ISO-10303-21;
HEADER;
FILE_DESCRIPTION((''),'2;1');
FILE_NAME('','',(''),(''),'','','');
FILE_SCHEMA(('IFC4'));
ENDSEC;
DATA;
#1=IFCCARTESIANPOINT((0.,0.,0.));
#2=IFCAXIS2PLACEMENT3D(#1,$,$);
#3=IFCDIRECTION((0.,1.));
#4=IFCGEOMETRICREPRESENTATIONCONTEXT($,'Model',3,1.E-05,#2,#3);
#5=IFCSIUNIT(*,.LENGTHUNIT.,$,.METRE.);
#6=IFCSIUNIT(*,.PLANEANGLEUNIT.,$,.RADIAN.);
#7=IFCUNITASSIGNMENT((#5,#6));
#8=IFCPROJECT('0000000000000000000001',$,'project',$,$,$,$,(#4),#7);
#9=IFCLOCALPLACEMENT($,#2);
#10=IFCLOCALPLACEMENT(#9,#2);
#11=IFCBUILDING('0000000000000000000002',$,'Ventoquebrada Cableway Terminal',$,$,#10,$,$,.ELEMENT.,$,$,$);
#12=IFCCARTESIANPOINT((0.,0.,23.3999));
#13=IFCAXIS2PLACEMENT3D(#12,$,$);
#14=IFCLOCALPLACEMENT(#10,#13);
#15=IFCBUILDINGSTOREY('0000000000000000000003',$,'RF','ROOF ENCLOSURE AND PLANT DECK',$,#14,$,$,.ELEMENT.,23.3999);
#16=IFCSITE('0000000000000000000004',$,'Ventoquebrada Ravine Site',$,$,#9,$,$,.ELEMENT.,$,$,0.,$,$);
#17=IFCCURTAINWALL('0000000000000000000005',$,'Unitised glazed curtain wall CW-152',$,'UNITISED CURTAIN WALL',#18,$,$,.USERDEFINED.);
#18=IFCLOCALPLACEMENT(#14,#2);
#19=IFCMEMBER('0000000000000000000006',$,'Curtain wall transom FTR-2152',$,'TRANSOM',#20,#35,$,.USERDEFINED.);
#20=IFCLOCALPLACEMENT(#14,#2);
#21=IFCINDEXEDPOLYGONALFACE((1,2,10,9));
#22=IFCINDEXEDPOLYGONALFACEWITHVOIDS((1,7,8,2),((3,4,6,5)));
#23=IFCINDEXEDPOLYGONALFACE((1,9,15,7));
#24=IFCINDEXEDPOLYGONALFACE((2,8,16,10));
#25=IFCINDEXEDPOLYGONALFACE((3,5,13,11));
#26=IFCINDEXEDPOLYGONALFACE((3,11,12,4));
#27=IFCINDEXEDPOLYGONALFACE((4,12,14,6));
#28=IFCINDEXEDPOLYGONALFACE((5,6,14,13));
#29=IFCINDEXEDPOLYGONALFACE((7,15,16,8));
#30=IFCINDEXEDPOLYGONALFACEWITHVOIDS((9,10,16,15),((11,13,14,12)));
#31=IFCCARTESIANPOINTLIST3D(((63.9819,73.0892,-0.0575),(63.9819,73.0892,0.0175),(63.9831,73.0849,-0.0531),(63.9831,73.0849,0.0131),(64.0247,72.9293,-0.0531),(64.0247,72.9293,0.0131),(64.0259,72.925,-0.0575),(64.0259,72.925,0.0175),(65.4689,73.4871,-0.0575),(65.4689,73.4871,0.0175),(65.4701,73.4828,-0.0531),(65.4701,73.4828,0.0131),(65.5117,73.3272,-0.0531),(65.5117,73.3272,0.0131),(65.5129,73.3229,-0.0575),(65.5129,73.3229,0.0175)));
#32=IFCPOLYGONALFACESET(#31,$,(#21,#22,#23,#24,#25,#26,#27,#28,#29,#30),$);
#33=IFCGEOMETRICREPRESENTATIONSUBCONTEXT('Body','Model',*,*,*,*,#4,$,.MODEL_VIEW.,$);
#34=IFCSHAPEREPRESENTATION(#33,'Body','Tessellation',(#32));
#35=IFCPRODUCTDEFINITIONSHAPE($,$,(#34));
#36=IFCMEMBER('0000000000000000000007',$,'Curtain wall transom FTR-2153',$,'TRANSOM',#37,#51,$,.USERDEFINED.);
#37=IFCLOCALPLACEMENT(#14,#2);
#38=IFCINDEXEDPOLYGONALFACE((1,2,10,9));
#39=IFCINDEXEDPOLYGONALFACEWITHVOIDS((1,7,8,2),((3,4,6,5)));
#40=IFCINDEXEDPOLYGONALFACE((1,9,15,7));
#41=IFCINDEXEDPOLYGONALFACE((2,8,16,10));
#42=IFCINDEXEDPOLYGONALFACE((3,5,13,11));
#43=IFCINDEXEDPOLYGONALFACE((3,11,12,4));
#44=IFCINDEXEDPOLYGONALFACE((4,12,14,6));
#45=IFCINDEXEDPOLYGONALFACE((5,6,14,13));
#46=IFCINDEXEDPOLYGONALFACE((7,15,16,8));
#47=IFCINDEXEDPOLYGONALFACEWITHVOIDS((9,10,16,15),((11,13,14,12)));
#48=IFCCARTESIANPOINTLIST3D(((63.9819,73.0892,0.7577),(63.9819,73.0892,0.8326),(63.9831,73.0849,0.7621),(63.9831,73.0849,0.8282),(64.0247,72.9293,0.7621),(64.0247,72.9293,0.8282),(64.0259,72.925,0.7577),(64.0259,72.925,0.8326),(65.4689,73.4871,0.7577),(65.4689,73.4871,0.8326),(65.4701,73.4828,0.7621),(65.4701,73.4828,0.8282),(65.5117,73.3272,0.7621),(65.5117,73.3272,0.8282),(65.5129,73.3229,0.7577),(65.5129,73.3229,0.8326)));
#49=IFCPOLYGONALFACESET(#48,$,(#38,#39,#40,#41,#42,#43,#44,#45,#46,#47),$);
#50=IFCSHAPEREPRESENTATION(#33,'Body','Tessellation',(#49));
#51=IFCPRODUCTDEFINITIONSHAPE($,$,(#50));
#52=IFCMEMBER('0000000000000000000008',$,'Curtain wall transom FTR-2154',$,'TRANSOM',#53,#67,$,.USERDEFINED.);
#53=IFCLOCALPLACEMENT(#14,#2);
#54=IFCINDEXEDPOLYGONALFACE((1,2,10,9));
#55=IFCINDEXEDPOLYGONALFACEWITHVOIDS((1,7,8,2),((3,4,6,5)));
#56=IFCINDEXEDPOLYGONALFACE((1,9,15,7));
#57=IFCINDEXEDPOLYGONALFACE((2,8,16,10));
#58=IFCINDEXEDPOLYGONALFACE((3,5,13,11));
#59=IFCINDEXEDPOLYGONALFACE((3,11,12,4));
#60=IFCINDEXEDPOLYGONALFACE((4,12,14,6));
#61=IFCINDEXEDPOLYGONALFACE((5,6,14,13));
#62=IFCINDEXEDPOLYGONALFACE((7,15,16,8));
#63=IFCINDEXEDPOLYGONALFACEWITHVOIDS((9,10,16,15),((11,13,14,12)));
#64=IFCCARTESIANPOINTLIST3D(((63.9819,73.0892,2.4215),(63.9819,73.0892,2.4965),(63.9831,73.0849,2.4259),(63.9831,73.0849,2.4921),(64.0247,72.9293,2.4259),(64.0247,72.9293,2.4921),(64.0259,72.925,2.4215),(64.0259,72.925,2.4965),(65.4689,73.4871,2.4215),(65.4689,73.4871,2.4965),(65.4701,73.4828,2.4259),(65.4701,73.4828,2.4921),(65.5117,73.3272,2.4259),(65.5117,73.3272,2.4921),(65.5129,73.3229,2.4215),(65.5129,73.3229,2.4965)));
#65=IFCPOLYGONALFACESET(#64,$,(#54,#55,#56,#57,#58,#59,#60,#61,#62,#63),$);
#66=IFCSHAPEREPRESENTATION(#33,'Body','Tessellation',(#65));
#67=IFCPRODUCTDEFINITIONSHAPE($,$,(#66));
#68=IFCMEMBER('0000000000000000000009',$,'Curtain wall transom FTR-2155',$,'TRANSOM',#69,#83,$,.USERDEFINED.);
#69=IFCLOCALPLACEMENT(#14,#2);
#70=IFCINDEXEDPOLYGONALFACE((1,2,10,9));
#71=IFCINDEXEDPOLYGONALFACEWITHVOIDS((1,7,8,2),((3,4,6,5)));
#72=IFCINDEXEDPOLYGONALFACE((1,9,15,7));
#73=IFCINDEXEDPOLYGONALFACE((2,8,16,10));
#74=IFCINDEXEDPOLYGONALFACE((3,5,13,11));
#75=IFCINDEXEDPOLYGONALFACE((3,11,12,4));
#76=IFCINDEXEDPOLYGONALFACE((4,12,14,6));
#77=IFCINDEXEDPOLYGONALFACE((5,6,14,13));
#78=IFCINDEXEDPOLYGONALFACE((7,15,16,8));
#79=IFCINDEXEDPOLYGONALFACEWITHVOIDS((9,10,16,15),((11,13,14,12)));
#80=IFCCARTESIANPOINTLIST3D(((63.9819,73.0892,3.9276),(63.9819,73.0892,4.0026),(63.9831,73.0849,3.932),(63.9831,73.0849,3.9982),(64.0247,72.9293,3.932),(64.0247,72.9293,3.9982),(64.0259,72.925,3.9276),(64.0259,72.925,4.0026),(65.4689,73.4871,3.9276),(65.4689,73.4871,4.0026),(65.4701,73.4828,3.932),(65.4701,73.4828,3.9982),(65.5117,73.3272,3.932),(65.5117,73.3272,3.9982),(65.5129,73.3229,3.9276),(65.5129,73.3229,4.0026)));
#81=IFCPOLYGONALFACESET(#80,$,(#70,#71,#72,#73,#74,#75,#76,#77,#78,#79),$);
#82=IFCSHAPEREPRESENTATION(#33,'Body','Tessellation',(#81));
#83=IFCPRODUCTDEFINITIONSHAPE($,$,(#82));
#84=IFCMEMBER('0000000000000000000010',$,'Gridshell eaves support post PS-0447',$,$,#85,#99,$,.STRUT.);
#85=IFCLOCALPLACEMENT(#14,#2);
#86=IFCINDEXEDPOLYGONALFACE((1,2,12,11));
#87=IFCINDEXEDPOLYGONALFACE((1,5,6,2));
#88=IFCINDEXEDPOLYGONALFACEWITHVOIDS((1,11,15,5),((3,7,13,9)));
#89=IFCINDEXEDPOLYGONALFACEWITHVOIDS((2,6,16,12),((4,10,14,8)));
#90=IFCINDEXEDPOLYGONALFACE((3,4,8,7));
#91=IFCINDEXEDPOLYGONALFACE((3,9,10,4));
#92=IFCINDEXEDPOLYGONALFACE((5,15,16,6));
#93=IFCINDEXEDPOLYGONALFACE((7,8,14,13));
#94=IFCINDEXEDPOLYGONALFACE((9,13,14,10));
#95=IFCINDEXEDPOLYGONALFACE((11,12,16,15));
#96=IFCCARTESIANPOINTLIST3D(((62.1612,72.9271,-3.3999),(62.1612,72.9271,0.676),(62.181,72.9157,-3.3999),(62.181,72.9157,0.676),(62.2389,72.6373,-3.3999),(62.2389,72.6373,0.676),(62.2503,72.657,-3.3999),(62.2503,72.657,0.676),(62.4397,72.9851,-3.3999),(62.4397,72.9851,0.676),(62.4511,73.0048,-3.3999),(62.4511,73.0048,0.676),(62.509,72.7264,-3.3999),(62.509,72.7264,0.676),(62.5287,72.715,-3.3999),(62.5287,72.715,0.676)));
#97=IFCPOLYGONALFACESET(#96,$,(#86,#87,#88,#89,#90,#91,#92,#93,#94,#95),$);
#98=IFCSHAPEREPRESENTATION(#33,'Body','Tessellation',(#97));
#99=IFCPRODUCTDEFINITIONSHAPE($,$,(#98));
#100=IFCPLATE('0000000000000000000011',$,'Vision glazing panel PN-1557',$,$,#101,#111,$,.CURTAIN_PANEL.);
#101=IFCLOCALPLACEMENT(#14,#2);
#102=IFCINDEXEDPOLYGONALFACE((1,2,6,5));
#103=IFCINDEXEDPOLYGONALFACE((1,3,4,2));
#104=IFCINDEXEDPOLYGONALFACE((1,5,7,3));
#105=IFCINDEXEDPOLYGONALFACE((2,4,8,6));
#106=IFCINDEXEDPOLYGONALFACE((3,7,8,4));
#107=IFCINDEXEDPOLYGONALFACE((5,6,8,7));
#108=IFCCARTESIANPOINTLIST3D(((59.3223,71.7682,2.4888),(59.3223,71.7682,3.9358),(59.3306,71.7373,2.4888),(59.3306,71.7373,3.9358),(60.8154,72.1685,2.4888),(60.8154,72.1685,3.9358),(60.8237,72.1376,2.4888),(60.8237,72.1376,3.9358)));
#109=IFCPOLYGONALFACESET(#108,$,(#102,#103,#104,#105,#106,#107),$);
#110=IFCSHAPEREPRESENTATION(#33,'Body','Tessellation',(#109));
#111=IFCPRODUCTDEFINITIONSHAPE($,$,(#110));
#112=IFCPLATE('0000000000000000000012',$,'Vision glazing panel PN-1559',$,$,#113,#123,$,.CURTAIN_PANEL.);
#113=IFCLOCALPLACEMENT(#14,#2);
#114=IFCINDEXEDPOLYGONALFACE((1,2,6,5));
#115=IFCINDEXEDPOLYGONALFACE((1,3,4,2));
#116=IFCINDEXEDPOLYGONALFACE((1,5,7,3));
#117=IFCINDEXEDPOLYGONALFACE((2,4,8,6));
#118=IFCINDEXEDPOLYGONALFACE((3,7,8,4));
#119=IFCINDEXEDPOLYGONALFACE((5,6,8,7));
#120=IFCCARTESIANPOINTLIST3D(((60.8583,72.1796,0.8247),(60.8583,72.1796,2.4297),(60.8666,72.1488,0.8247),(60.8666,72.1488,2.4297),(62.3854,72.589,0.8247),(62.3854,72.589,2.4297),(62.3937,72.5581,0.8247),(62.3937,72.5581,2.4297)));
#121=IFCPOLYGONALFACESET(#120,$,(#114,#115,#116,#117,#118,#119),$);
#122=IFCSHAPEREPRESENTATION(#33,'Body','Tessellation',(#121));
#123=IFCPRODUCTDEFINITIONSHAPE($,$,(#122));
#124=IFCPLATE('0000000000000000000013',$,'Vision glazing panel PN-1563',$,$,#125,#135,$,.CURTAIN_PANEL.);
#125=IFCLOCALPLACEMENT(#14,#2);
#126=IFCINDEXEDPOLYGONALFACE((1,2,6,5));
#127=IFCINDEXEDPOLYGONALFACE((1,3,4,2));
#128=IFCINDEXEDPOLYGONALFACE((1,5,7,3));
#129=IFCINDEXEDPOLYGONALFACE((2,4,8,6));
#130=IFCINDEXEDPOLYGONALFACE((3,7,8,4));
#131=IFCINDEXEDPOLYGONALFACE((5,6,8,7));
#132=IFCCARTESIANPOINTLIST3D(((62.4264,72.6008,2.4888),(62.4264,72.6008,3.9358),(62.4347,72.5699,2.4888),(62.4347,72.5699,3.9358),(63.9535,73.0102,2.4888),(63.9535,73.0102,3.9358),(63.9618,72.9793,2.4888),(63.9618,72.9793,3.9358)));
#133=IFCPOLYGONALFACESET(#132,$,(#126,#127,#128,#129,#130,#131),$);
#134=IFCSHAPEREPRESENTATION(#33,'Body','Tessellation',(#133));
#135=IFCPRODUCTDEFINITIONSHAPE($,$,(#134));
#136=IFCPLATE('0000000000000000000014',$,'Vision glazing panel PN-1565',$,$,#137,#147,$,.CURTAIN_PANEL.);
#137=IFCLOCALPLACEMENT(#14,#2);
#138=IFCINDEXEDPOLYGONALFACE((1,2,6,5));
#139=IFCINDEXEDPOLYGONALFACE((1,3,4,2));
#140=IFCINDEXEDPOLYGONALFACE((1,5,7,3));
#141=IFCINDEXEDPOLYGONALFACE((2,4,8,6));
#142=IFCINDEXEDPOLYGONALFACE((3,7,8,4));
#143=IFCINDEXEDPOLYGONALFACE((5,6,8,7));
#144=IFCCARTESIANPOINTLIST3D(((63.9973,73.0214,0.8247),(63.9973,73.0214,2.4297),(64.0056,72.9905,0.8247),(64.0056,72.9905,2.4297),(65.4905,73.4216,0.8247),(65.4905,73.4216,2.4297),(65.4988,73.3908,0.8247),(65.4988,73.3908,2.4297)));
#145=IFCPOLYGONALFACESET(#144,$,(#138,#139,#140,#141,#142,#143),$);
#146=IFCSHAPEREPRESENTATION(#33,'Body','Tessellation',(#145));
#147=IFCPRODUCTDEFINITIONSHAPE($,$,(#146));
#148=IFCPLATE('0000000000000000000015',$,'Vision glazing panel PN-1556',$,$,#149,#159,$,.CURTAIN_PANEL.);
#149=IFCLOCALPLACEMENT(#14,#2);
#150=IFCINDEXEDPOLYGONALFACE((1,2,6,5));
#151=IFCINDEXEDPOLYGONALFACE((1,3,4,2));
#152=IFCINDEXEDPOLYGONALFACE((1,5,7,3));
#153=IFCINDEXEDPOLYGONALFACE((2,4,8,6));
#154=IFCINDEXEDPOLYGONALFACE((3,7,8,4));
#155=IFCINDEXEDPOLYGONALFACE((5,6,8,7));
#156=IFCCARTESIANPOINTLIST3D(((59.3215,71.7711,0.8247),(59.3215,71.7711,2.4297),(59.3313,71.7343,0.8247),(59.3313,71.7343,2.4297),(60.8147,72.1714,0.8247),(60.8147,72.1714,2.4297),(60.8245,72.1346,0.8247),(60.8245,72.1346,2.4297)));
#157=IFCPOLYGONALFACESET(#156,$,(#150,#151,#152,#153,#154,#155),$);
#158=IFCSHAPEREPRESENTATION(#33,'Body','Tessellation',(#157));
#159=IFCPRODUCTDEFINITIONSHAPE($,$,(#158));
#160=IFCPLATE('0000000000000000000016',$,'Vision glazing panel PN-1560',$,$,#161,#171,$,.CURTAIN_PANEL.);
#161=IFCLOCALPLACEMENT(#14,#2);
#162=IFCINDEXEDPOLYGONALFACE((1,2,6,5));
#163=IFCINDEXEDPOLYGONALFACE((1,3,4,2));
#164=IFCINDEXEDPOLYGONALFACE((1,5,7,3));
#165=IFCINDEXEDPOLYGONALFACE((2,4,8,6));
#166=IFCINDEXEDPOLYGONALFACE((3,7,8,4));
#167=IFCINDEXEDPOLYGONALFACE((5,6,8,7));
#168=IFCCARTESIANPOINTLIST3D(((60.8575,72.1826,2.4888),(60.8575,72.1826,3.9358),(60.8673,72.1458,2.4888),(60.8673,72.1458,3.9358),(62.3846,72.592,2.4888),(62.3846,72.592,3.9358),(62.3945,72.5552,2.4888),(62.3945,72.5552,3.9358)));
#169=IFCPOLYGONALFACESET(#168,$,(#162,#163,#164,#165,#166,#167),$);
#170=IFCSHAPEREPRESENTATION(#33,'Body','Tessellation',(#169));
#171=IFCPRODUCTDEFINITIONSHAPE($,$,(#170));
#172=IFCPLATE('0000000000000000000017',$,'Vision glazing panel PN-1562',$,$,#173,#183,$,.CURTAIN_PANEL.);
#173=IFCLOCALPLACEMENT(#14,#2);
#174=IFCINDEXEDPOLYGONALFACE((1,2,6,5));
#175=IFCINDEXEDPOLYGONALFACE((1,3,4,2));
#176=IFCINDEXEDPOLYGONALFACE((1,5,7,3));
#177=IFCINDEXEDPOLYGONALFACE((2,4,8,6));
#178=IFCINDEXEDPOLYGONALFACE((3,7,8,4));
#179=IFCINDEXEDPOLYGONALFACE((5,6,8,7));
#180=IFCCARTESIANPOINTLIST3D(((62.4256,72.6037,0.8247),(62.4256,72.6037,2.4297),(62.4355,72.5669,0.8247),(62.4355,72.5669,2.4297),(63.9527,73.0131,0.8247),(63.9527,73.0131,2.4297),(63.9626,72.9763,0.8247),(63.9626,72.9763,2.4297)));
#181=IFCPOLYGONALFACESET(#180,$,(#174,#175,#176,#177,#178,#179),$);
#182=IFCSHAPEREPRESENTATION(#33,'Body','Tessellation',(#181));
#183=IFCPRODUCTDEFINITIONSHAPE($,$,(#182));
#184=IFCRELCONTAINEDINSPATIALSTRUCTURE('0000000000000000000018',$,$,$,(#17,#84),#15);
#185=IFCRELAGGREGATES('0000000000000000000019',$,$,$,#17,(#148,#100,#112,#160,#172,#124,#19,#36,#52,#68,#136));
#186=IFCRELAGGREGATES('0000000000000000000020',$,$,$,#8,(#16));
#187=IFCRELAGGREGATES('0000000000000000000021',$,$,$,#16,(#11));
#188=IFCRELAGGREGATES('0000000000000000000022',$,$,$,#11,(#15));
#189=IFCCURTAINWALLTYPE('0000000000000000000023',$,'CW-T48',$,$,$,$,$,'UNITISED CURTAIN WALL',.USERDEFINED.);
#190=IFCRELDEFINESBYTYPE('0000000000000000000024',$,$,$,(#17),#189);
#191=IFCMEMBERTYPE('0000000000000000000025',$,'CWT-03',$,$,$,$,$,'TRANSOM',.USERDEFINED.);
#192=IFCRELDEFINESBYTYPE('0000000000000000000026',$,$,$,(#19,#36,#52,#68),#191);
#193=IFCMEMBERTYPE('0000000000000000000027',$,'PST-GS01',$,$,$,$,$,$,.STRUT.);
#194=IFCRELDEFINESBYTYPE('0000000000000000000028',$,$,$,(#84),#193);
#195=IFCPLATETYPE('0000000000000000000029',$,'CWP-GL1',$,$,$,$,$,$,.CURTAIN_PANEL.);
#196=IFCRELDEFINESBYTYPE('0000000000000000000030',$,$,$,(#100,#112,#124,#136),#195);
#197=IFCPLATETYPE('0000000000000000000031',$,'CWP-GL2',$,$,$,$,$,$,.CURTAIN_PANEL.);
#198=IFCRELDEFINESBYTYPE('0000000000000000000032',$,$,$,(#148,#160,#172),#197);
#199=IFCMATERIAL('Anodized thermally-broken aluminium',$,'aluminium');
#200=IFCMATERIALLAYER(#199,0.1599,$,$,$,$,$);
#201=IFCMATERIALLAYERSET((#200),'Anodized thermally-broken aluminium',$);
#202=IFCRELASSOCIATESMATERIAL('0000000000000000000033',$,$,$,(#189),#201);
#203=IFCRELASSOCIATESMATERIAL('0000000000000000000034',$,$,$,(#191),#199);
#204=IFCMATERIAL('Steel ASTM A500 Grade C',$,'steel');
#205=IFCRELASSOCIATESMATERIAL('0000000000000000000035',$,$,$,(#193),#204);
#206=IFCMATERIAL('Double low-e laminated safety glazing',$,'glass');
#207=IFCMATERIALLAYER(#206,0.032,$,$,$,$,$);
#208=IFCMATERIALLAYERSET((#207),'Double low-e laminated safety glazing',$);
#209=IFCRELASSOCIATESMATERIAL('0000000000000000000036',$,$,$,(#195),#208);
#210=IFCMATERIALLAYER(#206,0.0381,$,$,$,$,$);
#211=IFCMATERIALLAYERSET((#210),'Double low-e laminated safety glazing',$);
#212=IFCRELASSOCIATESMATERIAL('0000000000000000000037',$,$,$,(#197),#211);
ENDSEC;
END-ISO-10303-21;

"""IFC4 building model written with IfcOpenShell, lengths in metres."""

from ifc_helpers import new_model, si_unit, direction, frame, origin, origin_2d, place, context, subcontext, project, spatial, rectangle, hollow_rectangle, extrude, material, layer, layer_set, material_profile, profile_set, type_object, element, aggregate, save


model = new_model("IFC4")

# Units and contexts
model_context = context("Model", 3, precision=1e-05, world=origin(), true_north=direction((0.0, 1.0)))
body_context = subcontext(model_context, "Body", "Model", "MODEL_VIEW")
ifc_project = project(units=[si_unit("LENGTHUNIT", "METRE"), si_unit("PLANEANGLEUNIT", "RADIAN")], contexts=[model_context])

# Site, building, storey
site_placement = place(None, origin())
site = spatial("IfcSite", under=ifc_project, at=site_placement, Name="Ventoquebrada Ravine Site", CompositionType="ELEMENT", RefElevation=0.0)
building_placement = place(site_placement, origin())
building = spatial("IfcBuilding", under=site, at=building_placement, Name="Ventoquebrada Cableway Terminal", CompositionType="ELEMENT")
storey_placement = place(building_placement, frame((0.0, 0.0, 23.3999)))
storey = spatial("IfcBuildingStorey", under=building, at=storey_placement, Name="RF", Description="ROOF ENCLOSURE AND PLANT DECK", CompositionType="ELEMENT", Elevation=23.3999)

# Curtain wall, members
ifc_material_1 = material(Name="Anodized thermally-broken aluminium", Category="aluminium")
ifc_layer_1 = layer(ifc_material_1, 0.1599)
ifc_layer_set_1 = layer_set([ifc_layer_1], Name="Anodized thermally-broken aluminium")
curtain_wall_type = type_object("IfcCurtainWallType", Name="CW-T48", ElementType="UNITISED CURTAIN WALL", PredefinedType="USERDEFINED", material=ifc_layer_set_1)
curtain_wall_placement = place(storey_placement, origin())
curtain_wall = element("IfcCurtainWall", 1, at=curtain_wall_placement, inside=storey, type_object=curtain_wall_type, Name="Unitised glazed curtain wall CW-152", ObjectType="UNITISED CURTAIN WALL", PredefinedType="USERDEFINED")
ifc_material_profile_1 = material_profile(ifc_material_1, hollow_rectangle(XDim=0.075, YDim=0.1699, WallThickness=0.0044, at=origin_2d()), Name="CW-TRN-75X170")
ifc_profile_set_1 = profile_set([ifc_material_profile_1], Name="Anodized thermally-broken aluminium")
member_type_1 = type_object("IfcMemberType", Name="CWT-03", ElementType="TRANSOM", PredefinedType="USERDEFINED", material=ifc_profile_set_1)
member_1_placement = place(storey_placement, frame((64.0039, 73.0071, -0.02), z_axis=(0.966008, 0.258511, 0.0), x_axis=(0.0, 0.0, 1.0)))
member_1 = element("IfcMember", 2, at=member_1_placement, type_object=member_type_1, Name="Curtain wall transom FTR-2152", ObjectType="TRANSOM", PredefinedType="USERDEFINED", context=body_context, shape_type="SweptSolid", body=[
    extrude(hollow_rectangle(XDim=0.075, YDim=0.1699, WallThickness=0.0044, at=origin_2d()), origin(), (0.0, 0.0, 1.0), 1.5393),
])
member_2_placement = place(storey_placement, frame((64.0039, 73.0071, 0.7952), z_axis=(0.966008, 0.258511, 0.0), x_axis=(0.0, 0.0, 1.0)))
member_2 = element("IfcMember", 3, at=member_2_placement, type_object=member_type_1, Name="Curtain wall transom FTR-2153", ObjectType="TRANSOM", PredefinedType="USERDEFINED", context=body_context, shape_type="SweptSolid", body=[
    extrude(hollow_rectangle(XDim=0.075, YDim=0.1699, WallThickness=0.0044, at=origin_2d()), origin(), (0.0, 0.0, 1.0), 1.5393),
])
member_3_placement = place(storey_placement, frame((64.0039, 73.0071, 2.459), z_axis=(0.966008, 0.258511, 0.0), x_axis=(0.0, 0.0, 1.0)))
member_3 = element("IfcMember", 4, at=member_3_placement, type_object=member_type_1, Name="Curtain wall transom FTR-2154", ObjectType="TRANSOM", PredefinedType="USERDEFINED", context=body_context, shape_type="SweptSolid", body=[
    extrude(hollow_rectangle(XDim=0.075, YDim=0.1699, WallThickness=0.0044, at=origin_2d()), origin(), (0.0, 0.0, 1.0), 1.5393),
])
member_4_placement = place(storey_placement, frame((64.0039, 73.0071, 3.9651), z_axis=(0.966008, 0.258511, 0.0), x_axis=(0.0, 0.0, 1.0)))
member_4 = element("IfcMember", 5, at=member_4_placement, type_object=member_type_1, Name="Curtain wall transom FTR-2155", ObjectType="TRANSOM", PredefinedType="USERDEFINED", context=body_context, shape_type="SweptSolid", body=[
    extrude(hollow_rectangle(XDim=0.075, YDim=0.1699, WallThickness=0.0044, at=origin_2d()), origin(), (0.0, 0.0, 1.0), 1.5393),
])

# Member
ifc_material_2 = material(Name="Steel ASTM A500 Grade C", Category="steel")
ifc_material_profile_2 = material_profile(ifc_material_2, hollow_rectangle(XDim=0.3, YDim=0.3, WallThickness=0.0161, at=origin_2d()), Name="HSS300X300X16")
ifc_profile_set_2 = profile_set([ifc_material_profile_2], Name="Steel ASTM A500 Grade C")
member_type_2 = type_object("IfcMemberType", Name="PST-GS01", PredefinedType="STRUT", material=ifc_profile_set_2)
member_5_placement = place(storey_placement, frame((62.345, 72.821, -3.3999), z_axis=(0.0, 0.0, 1.0), x_axis=(0.965926, 0.258819, 0.0)))
element("IfcMember", 6, at=member_5_placement, inside=storey, type_object=member_type_2, Name="Gridshell eaves support post PS-0447", PredefinedType="STRUT", context=body_context, shape_type="SweptSolid", body=[
    extrude(hollow_rectangle(XDim=0.3, YDim=0.3, WallThickness=0.0161, at=origin_2d()), origin(), (0.0, 0.0, 1.0), 4.0759),
])

# Plates
ifc_material_3 = material(Name="Double low-e laminated safety glazing", Category="glass")
ifc_layer_2 = layer(ifc_material_3, 0.032)
ifc_layer_set_2 = layer_set([ifc_layer_2], Name="Double low-e laminated safety glazing")
plate_type_1 = type_object("IfcPlateType", Name="CWP-GL1", PredefinedType="CURTAIN_PANEL", material=ifc_layer_set_2)
plate_1_placement = place(storey_placement, frame((60.073, 71.9529, 2.4888), z_axis=(0.0, 0.0, 1.0), x_axis=(0.965894, 0.258937, 0.0)))
plate_1 = element("IfcPlate", 7, at=plate_1_placement, type_object=plate_type_1, Name="Vision glazing panel PN-1557", PredefinedType="CURTAIN_PANEL", context=body_context, shape_type="SweptSolid", body=[
    extrude(rectangle(XDim=1.5459, YDim=0.032, at=origin_2d()), origin(), (0.0, 0.0, 1.0), 1.447),
])
plate_2_placement = place(storey_placement, frame((61.626, 72.3689, 0.8247), z_axis=(0.0, 0.0, 1.0), x_axis=(0.965894, 0.258937, 0.0)))
plate_2 = element("IfcPlate", 8, at=plate_2_placement, type_object=plate_type_1, Name="Vision glazing panel PN-1559", PredefinedType="CURTAIN_PANEL", context=body_context, shape_type="SweptSolid", body=[
    extrude(rectangle(XDim=1.5811, YDim=0.032, at=origin_2d()), origin(), (0.0, 0.0, 1.0), 1.605),
])
plate_3_placement = place(storey_placement, frame((63.1941, 72.79, 2.4888), z_axis=(0.0, 0.0, 1.0), x_axis=(0.965894, 0.258937, 0.0)))
plate_3 = element("IfcPlate", 9, at=plate_3_placement, type_object=plate_type_1, Name="Vision glazing panel PN-1563", PredefinedType="CURTAIN_PANEL", context=body_context, shape_type="SweptSolid", body=[
    extrude(rectangle(XDim=1.5811, YDim=0.032, at=origin_2d()), origin(), (0.0, 0.0, 1.0), 1.447),
])
plate_4_placement = place(storey_placement, frame((64.748, 73.2061, 0.8247), z_axis=(0.0, 0.0, 1.0), x_axis=(0.965894, 0.258937, 0.0)))
plate_4 = element("IfcPlate", 10, at=plate_4_placement, type_object=plate_type_1, Name="Vision glazing panel PN-1565", PredefinedType="CURTAIN_PANEL", context=body_context, shape_type="SweptSolid", body=[
    extrude(rectangle(XDim=1.5459, YDim=0.032, at=origin_2d()), origin(), (0.0, 0.0, 1.0), 1.605),
])
ifc_layer_3 = layer(ifc_material_3, 0.0381)
ifc_layer_set_3 = layer_set([ifc_layer_3], Name="Double low-e laminated safety glazing")
plate_type_2 = type_object("IfcPlateType", Name="CWP-GL2", PredefinedType="CURTAIN_PANEL", material=ifc_layer_set_3)
plate_5_placement = place(storey_placement, frame((60.073, 71.9529, 0.8247), z_axis=(0.0, 0.0, 1.0), x_axis=(0.965894, 0.258937, 0.0)))
plate_5 = element("IfcPlate", 11, at=plate_5_placement, type_object=plate_type_2, Name="Vision glazing panel PN-1556", PredefinedType="CURTAIN_PANEL", context=body_context, shape_type="SweptSolid", body=[
    extrude(rectangle(XDim=1.5459, YDim=0.0381, at=origin_2d()), origin(), (0.0, 0.0, 1.0), 1.605),
])
plate_6_placement = place(storey_placement, frame((61.626, 72.3689, 2.4888), z_axis=(0.0, 0.0, 1.0), x_axis=(0.965894, 0.258937, 0.0)))
plate_6 = element("IfcPlate", 12, at=plate_6_placement, type_object=plate_type_2, Name="Vision glazing panel PN-1560", PredefinedType="CURTAIN_PANEL", context=body_context, shape_type="SweptSolid", body=[
    extrude(rectangle(XDim=1.5811, YDim=0.0381, at=origin_2d()), origin(), (0.0, 0.0, 1.0), 1.447),
])
plate_7_placement = place(storey_placement, frame((63.1941, 72.79, 0.8247), z_axis=(0.0, 0.0, 1.0), x_axis=(0.965894, 0.258937, 0.0)))
plate_7 = element("IfcPlate", 13, at=plate_7_placement, type_object=plate_type_2, Name="Vision glazing panel PN-1562", PredefinedType="CURTAIN_PANEL", context=body_context, shape_type="SweptSolid", body=[
    extrude(rectangle(XDim=1.5811, YDim=0.0381, at=origin_2d()), origin(), (0.0, 0.0, 1.0), 1.605),
])
aggregate(curtain_wall, [plate_5, plate_1, plate_2, plate_6, plate_7, plate_3, member_1, member_2, member_3, member_4, plate_4])

save(model, "model.ifc")
